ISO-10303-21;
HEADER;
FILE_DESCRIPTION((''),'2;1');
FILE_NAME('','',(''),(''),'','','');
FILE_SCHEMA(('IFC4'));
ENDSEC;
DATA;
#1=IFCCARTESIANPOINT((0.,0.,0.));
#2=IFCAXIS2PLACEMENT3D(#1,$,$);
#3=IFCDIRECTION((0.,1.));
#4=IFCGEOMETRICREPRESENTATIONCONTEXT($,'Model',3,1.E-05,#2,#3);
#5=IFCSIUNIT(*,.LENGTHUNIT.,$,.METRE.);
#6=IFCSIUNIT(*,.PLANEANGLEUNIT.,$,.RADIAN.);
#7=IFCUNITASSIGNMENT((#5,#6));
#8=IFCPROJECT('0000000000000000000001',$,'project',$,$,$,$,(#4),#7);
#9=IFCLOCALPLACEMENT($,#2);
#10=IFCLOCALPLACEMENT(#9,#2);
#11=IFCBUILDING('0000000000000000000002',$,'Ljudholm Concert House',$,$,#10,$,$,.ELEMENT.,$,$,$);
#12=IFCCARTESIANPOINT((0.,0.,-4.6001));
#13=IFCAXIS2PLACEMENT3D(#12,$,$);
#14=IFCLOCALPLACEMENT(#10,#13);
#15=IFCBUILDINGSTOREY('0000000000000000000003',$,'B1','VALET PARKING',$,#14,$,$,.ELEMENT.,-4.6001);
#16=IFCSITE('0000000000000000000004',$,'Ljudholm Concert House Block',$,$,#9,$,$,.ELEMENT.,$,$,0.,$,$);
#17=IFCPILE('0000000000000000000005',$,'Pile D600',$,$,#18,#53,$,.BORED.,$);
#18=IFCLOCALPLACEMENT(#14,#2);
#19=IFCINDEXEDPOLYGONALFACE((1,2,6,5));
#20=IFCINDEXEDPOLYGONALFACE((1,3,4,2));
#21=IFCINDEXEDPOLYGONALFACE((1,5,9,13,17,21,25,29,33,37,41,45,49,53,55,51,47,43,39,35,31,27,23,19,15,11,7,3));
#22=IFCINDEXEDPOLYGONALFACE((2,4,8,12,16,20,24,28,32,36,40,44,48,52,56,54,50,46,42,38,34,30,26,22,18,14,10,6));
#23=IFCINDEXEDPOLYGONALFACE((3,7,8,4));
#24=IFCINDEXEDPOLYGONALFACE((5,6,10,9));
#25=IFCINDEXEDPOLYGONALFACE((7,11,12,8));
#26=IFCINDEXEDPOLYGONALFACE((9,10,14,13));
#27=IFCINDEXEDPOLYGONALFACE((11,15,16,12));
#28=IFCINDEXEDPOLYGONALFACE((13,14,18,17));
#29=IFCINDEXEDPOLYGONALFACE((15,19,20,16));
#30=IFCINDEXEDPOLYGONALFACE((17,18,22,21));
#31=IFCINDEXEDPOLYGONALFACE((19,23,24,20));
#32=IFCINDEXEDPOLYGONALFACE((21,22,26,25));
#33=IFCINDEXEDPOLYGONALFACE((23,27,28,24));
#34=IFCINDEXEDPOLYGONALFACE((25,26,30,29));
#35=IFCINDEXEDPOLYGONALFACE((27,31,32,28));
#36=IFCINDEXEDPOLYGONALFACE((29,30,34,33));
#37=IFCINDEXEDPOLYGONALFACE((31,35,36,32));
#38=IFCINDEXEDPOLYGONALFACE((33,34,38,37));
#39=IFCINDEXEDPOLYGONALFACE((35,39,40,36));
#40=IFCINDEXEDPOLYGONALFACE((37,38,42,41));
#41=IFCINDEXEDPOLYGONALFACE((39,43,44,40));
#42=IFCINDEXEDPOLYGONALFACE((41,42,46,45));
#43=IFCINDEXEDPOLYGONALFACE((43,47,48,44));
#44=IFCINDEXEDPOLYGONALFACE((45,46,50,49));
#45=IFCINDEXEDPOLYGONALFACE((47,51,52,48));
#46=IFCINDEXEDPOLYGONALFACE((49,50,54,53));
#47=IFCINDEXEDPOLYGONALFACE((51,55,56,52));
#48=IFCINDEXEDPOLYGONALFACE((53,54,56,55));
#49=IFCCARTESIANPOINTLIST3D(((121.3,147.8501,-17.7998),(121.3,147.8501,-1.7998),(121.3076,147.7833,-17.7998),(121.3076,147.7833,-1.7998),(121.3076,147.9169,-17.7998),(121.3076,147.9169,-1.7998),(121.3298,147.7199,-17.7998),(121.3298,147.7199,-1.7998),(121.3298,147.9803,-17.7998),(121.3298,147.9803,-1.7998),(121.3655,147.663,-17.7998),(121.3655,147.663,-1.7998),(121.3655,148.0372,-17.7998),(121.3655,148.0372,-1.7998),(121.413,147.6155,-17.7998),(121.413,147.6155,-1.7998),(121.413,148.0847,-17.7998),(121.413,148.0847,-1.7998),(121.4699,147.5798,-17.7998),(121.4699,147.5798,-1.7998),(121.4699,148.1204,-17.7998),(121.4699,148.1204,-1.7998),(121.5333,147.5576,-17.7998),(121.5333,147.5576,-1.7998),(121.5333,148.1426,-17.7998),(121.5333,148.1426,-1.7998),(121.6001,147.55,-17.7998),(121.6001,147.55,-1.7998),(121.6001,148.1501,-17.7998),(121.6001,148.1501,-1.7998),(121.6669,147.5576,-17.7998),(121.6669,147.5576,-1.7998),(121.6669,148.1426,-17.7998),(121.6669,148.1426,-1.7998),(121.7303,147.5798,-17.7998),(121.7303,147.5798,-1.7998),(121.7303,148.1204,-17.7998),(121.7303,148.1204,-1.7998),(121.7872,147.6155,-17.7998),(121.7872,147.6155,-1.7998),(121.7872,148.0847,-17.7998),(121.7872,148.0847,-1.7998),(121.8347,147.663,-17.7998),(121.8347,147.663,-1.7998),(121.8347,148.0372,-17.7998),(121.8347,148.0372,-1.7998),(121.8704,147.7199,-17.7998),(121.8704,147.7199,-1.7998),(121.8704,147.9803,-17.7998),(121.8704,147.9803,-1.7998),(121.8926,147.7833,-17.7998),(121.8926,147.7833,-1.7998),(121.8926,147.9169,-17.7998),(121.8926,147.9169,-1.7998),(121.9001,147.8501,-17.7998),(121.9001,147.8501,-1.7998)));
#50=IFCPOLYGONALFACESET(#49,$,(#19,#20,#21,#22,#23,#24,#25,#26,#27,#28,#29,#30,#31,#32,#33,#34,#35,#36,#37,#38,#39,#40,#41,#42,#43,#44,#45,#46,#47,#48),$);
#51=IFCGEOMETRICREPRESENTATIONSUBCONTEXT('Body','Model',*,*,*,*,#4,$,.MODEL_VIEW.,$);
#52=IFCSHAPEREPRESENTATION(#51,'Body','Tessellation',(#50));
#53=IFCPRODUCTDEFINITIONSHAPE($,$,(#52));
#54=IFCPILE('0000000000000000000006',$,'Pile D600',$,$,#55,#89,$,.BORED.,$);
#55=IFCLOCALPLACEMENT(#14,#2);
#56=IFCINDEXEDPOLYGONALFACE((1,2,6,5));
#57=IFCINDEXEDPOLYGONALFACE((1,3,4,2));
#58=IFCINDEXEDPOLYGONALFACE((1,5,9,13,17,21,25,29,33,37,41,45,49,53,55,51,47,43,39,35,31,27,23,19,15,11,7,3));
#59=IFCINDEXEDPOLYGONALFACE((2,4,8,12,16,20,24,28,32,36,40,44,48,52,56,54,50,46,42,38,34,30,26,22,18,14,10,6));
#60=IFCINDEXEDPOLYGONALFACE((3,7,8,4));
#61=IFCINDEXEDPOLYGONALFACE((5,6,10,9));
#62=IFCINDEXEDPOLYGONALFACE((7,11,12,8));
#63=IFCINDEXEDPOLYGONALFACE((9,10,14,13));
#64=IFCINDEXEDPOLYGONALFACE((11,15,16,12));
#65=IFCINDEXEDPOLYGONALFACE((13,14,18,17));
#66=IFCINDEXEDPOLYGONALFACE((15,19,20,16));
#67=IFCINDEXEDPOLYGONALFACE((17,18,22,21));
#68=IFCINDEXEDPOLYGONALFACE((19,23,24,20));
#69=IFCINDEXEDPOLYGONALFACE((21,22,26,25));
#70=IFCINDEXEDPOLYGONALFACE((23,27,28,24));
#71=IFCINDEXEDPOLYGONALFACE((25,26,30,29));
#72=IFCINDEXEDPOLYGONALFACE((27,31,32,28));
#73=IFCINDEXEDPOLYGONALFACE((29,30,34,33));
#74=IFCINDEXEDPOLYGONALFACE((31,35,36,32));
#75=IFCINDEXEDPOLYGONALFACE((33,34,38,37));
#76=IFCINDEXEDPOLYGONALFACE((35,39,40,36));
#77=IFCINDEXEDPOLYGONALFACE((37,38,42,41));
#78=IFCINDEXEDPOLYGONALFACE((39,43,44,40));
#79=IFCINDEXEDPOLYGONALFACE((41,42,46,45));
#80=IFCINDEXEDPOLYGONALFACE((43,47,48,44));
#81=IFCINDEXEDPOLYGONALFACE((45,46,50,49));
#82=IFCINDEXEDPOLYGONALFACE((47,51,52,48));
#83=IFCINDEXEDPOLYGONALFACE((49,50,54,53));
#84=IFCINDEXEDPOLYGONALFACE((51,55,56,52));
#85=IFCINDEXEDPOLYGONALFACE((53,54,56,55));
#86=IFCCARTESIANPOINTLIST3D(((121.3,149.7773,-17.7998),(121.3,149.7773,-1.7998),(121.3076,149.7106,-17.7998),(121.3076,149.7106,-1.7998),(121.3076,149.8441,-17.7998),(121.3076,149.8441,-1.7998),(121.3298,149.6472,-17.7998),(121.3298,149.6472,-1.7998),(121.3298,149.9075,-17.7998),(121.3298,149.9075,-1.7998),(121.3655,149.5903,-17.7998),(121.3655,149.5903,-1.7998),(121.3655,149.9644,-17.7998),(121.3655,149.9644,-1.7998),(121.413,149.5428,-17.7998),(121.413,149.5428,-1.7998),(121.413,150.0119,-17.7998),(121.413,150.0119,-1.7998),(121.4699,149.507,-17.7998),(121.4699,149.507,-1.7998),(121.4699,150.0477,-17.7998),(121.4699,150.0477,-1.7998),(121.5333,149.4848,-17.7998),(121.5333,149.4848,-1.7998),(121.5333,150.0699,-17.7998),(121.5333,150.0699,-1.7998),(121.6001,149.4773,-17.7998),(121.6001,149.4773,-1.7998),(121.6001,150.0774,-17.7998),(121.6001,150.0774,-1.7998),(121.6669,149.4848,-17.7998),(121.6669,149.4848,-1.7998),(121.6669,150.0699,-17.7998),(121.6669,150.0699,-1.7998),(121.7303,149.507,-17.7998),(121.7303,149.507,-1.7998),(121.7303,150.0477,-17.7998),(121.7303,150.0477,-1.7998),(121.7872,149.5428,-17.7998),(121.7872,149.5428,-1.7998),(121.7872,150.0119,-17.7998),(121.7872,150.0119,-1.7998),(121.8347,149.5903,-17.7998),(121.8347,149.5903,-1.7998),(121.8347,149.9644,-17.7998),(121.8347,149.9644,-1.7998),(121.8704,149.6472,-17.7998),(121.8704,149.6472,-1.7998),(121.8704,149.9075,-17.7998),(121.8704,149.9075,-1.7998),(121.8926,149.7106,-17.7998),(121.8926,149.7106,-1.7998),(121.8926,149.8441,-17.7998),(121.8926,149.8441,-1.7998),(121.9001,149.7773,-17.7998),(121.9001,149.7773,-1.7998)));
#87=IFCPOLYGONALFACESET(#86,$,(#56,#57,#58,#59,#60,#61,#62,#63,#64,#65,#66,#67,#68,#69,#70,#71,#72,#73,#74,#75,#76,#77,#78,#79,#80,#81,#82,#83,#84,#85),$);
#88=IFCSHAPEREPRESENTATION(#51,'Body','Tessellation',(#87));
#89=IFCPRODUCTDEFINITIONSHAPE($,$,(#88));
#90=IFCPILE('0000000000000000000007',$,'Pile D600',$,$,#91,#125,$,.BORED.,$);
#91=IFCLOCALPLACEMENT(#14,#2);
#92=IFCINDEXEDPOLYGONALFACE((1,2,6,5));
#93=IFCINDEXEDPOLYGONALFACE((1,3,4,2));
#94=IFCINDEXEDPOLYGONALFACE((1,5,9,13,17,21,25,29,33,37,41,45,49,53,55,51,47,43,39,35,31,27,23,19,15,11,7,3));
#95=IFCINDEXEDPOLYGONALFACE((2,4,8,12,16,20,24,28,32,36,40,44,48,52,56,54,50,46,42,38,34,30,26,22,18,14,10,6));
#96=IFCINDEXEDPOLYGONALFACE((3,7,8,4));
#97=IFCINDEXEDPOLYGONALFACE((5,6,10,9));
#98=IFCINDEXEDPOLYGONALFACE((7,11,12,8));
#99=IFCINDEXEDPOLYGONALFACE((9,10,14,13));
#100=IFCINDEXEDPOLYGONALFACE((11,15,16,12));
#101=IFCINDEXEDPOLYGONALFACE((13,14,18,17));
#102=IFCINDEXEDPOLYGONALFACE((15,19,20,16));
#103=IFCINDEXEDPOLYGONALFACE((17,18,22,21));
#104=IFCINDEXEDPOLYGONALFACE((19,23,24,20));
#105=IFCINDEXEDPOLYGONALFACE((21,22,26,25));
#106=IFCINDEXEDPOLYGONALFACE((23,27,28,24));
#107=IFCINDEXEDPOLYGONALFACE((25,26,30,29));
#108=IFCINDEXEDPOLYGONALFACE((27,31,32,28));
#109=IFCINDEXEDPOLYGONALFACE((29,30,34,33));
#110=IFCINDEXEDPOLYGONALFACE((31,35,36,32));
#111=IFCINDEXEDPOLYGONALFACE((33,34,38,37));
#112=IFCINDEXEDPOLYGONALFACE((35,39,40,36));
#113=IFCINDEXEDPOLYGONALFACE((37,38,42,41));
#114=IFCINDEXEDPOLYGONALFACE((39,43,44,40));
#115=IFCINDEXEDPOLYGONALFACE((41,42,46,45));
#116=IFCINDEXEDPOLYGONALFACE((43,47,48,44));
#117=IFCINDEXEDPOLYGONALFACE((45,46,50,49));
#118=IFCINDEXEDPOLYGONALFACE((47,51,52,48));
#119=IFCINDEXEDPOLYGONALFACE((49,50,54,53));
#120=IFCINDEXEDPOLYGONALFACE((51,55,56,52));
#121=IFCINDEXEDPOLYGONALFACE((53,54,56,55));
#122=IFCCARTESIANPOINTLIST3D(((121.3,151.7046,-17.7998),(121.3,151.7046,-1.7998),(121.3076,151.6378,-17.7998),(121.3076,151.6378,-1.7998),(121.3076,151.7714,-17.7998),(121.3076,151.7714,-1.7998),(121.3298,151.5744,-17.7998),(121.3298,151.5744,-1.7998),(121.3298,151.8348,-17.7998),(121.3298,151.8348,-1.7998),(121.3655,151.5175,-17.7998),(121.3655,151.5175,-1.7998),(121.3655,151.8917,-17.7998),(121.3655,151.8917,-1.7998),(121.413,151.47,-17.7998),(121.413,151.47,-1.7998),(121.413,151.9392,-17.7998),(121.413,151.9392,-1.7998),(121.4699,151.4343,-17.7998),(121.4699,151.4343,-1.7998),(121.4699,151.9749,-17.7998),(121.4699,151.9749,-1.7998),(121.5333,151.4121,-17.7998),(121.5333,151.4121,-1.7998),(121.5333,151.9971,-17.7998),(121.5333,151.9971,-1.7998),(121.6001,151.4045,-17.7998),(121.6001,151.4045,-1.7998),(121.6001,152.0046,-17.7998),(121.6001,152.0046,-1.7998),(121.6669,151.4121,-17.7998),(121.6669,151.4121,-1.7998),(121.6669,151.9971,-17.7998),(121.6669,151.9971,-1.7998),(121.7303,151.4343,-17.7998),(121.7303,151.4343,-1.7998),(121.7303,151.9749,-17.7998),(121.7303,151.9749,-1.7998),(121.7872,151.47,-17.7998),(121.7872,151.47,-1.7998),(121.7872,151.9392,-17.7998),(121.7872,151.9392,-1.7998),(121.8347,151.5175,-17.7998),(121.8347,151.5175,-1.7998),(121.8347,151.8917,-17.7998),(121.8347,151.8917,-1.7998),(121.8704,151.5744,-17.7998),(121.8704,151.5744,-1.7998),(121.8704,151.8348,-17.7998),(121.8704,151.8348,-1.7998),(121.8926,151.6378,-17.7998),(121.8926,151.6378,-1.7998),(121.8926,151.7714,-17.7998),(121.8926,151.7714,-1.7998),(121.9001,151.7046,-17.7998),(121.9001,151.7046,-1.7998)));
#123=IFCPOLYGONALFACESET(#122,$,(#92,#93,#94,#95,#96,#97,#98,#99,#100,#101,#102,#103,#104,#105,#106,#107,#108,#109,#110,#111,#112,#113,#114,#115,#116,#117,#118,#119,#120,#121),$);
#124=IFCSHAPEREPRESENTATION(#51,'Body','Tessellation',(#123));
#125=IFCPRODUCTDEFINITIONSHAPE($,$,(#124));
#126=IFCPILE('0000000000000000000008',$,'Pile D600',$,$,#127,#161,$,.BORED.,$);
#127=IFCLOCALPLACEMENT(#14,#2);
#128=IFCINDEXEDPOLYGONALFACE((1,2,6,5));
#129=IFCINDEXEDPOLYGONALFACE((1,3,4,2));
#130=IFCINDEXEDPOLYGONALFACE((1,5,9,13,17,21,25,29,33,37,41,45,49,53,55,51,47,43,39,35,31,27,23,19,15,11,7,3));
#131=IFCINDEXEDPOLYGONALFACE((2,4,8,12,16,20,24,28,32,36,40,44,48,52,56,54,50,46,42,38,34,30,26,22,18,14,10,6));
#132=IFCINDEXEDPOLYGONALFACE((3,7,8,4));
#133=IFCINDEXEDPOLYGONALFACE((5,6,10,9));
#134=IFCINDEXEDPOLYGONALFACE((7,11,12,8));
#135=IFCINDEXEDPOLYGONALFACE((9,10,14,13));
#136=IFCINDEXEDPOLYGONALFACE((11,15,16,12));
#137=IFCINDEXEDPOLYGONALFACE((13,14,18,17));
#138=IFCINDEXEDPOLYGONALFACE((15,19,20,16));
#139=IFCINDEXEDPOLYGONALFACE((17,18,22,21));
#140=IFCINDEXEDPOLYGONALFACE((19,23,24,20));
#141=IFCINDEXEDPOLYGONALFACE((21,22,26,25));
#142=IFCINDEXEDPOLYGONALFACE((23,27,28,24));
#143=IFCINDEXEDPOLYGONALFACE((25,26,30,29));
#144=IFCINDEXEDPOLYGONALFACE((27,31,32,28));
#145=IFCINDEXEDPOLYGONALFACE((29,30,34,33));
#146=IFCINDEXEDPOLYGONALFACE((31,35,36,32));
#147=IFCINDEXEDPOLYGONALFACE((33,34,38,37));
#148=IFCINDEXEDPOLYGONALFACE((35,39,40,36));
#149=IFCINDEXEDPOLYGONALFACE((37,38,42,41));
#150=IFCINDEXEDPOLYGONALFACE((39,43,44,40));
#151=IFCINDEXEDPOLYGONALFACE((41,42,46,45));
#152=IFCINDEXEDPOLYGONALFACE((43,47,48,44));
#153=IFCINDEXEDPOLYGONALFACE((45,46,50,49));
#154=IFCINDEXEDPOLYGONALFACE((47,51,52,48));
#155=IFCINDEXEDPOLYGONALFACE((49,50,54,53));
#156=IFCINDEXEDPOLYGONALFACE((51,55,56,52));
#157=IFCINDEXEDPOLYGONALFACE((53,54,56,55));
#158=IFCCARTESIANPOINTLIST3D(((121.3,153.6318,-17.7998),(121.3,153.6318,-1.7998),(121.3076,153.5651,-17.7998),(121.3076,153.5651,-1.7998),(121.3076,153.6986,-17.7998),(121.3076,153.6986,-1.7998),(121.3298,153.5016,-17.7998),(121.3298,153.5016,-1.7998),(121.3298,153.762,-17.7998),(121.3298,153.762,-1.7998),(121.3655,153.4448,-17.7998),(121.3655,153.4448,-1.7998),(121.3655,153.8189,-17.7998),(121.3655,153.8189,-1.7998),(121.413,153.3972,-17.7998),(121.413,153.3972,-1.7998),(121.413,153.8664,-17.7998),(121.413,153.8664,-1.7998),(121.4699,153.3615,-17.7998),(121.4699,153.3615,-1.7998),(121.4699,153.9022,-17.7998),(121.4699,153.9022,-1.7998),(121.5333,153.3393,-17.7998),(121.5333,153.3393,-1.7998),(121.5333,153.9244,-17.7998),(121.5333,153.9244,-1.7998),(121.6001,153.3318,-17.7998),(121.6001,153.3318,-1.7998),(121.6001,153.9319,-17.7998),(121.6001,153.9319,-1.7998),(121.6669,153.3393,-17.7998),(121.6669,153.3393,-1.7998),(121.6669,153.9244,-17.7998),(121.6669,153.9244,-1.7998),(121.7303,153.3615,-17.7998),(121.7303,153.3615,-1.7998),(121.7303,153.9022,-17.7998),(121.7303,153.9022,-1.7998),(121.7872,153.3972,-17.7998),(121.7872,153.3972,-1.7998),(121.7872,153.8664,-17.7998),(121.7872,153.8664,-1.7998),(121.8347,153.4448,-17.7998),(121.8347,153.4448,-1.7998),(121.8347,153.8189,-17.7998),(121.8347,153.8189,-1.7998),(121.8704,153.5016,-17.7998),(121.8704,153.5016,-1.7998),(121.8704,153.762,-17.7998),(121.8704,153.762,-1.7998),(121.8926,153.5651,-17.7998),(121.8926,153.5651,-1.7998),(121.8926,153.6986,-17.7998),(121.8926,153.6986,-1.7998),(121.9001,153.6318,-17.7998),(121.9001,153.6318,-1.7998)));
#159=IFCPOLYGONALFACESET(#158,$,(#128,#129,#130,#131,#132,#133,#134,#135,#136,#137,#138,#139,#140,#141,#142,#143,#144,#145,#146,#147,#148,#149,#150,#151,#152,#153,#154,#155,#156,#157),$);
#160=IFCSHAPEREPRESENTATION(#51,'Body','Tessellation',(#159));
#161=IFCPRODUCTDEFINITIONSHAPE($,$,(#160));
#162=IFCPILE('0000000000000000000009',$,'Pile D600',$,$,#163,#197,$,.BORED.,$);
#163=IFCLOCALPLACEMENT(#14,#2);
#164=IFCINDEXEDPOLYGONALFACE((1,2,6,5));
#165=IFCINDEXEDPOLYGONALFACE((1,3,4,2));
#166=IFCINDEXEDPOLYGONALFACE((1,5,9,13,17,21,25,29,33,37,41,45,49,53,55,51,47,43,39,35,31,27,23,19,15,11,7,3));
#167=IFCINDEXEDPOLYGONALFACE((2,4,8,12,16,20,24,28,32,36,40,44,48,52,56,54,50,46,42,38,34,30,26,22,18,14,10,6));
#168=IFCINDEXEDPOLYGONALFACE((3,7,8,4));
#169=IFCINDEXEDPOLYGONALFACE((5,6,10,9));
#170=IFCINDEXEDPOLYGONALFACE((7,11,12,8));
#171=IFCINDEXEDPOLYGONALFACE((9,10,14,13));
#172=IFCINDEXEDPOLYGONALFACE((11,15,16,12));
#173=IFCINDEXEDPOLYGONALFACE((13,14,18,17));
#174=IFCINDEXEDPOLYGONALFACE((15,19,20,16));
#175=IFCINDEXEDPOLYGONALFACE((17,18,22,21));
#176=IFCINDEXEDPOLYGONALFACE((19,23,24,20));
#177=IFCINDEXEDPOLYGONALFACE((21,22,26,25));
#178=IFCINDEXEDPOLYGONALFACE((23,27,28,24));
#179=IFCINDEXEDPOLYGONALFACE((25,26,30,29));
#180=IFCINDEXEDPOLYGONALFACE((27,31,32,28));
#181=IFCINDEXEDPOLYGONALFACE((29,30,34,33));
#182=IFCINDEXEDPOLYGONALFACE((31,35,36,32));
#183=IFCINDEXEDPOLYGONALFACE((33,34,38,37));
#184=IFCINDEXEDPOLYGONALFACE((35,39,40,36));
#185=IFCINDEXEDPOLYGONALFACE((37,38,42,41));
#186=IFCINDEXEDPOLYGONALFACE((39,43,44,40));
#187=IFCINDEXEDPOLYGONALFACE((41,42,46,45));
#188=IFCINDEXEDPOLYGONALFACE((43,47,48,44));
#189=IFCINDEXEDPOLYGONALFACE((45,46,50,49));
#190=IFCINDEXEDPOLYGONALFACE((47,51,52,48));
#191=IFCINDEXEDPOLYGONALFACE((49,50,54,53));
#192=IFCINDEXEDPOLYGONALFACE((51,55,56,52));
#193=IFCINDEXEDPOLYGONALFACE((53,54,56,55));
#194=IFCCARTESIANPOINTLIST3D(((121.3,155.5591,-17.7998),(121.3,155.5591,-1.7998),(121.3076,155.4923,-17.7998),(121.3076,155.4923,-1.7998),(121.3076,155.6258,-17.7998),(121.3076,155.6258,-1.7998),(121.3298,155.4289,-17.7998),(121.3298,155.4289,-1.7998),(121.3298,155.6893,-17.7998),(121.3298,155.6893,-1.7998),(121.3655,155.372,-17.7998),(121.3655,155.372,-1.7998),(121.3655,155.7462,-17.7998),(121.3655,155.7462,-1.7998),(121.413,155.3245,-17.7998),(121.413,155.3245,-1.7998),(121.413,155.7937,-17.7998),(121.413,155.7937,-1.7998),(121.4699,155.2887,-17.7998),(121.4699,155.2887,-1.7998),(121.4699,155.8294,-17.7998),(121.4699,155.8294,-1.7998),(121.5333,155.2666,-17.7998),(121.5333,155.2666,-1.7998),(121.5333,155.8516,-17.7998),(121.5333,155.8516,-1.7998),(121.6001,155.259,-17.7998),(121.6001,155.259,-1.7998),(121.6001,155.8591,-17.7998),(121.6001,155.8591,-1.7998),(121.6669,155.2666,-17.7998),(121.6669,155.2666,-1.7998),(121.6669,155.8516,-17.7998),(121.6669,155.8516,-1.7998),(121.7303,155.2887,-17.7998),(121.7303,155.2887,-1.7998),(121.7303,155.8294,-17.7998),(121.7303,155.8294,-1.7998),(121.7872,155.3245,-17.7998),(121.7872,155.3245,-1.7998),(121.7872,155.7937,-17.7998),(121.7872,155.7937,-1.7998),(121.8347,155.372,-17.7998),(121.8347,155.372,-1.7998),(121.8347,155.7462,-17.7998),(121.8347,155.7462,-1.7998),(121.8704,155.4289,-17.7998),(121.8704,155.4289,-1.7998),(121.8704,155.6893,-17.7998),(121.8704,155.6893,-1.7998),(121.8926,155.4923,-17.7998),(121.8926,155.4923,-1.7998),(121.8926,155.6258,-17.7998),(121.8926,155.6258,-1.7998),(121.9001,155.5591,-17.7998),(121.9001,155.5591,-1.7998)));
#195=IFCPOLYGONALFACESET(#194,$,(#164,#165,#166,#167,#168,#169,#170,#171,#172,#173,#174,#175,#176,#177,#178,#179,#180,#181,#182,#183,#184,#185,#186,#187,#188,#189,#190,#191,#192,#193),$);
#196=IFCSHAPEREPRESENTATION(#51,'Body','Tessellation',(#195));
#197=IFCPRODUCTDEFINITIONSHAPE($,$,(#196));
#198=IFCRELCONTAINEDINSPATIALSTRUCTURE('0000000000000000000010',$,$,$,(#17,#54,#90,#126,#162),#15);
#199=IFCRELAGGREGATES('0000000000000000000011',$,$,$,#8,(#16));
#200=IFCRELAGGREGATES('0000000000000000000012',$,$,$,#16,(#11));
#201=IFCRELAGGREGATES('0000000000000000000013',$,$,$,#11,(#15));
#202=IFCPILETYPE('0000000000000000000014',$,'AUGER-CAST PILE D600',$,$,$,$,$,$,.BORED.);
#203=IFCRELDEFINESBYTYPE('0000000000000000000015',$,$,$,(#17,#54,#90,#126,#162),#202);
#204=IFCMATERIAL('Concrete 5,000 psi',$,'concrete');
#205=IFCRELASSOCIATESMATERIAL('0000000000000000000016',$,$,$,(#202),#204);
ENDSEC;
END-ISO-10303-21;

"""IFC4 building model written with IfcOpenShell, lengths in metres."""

from ifc_helpers import new_model, si_unit, direction, frame, origin, origin_2d, place, context, subcontext, project, spatial, circle, extrude, material, material_profile, profile_set, type_object, element, save


model = new_model("IFC4")

# Units and contexts
model_context = context("Model", 3, precision=1e-05, world=origin(), true_north=direction((0.0, 1.0)))
body_context = subcontext(model_context, "Body", "Model", "MODEL_VIEW")
ifc_project = project(units=[si_unit("LENGTHUNIT", "METRE"), si_unit("PLANEANGLEUNIT", "RADIAN")], contexts=[model_context])

# Site, building, storey
site_placement = place(None, origin())
site = spatial("IfcSite", under=ifc_project, at=site_placement, Name="Ljudholm Concert House Block", CompositionType="ELEMENT", RefElevation=0.0)
building_placement = place(site_placement, origin())
building = spatial("IfcBuilding", under=site, at=building_placement, Name="Ljudholm Concert House", CompositionType="ELEMENT")
storey_placement = place(building_placement, frame((0.0, 0.0, -4.6001)))
storey = spatial("IfcBuildingStorey", under=building, at=storey_placement, Name="B1", Description="VALET PARKING", CompositionType="ELEMENT", Elevation=-4.6001)

# Piles
ifc_material_1 = material(Name="Concrete 5,000 psi", Category="concrete")
ifc_material_profile_1 = material_profile(ifc_material_1, circle(Radius=0.3, at=origin_2d()), Name="AUGER-CAST PILE D600")
ifc_profile_set_1 = profile_set([ifc_material_profile_1], Name="Concrete 5,000 psi")
pile_type = type_object("IfcPileType", Name="AUGER-CAST PILE D600", PredefinedType="BORED", material=ifc_profile_set_1)
for number, where, z_axis, x_axis, name in (
    (1, (121.6001, 147.8501, -1.7998), (0.0, 0.0, -1.0), (1.0, 0.0, 0.0), "Pile D600"),
    (2, (121.6001, 149.7773, -1.7998), (0.0, 0.0, -1.0), (1.0, 0.0, 0.0), "Pile D600"),
    (3, (121.6001, 151.7046, -1.7998), (0.0, 0.0, -1.0), (1.0, 0.0, 0.0), "Pile D600"),
    (4, (121.6001, 153.6318, -1.7998), (0.0, 0.0, -1.0), (1.0, 0.0, 0.0), "Pile D600"),
    (5, (121.6001, 155.5591, -1.7998), (0.0, 0.0, -1.0), (1.0, 0.0, 0.0), "Pile D600"),
):
    element("IfcPile", number, at=place(storey_placement, frame(where, z_axis=z_axis, x_axis=x_axis)), inside=storey, type_object=pile_type, Name=name, PredefinedType="BORED", context=body_context, shape_type="SweptSolid", body=[
        extrude(circle(Radius=0.3, at=origin_2d()), origin(), (0.0, 0.0, 1.0), 16.0),
    ])

save(model, "model.ifc")
